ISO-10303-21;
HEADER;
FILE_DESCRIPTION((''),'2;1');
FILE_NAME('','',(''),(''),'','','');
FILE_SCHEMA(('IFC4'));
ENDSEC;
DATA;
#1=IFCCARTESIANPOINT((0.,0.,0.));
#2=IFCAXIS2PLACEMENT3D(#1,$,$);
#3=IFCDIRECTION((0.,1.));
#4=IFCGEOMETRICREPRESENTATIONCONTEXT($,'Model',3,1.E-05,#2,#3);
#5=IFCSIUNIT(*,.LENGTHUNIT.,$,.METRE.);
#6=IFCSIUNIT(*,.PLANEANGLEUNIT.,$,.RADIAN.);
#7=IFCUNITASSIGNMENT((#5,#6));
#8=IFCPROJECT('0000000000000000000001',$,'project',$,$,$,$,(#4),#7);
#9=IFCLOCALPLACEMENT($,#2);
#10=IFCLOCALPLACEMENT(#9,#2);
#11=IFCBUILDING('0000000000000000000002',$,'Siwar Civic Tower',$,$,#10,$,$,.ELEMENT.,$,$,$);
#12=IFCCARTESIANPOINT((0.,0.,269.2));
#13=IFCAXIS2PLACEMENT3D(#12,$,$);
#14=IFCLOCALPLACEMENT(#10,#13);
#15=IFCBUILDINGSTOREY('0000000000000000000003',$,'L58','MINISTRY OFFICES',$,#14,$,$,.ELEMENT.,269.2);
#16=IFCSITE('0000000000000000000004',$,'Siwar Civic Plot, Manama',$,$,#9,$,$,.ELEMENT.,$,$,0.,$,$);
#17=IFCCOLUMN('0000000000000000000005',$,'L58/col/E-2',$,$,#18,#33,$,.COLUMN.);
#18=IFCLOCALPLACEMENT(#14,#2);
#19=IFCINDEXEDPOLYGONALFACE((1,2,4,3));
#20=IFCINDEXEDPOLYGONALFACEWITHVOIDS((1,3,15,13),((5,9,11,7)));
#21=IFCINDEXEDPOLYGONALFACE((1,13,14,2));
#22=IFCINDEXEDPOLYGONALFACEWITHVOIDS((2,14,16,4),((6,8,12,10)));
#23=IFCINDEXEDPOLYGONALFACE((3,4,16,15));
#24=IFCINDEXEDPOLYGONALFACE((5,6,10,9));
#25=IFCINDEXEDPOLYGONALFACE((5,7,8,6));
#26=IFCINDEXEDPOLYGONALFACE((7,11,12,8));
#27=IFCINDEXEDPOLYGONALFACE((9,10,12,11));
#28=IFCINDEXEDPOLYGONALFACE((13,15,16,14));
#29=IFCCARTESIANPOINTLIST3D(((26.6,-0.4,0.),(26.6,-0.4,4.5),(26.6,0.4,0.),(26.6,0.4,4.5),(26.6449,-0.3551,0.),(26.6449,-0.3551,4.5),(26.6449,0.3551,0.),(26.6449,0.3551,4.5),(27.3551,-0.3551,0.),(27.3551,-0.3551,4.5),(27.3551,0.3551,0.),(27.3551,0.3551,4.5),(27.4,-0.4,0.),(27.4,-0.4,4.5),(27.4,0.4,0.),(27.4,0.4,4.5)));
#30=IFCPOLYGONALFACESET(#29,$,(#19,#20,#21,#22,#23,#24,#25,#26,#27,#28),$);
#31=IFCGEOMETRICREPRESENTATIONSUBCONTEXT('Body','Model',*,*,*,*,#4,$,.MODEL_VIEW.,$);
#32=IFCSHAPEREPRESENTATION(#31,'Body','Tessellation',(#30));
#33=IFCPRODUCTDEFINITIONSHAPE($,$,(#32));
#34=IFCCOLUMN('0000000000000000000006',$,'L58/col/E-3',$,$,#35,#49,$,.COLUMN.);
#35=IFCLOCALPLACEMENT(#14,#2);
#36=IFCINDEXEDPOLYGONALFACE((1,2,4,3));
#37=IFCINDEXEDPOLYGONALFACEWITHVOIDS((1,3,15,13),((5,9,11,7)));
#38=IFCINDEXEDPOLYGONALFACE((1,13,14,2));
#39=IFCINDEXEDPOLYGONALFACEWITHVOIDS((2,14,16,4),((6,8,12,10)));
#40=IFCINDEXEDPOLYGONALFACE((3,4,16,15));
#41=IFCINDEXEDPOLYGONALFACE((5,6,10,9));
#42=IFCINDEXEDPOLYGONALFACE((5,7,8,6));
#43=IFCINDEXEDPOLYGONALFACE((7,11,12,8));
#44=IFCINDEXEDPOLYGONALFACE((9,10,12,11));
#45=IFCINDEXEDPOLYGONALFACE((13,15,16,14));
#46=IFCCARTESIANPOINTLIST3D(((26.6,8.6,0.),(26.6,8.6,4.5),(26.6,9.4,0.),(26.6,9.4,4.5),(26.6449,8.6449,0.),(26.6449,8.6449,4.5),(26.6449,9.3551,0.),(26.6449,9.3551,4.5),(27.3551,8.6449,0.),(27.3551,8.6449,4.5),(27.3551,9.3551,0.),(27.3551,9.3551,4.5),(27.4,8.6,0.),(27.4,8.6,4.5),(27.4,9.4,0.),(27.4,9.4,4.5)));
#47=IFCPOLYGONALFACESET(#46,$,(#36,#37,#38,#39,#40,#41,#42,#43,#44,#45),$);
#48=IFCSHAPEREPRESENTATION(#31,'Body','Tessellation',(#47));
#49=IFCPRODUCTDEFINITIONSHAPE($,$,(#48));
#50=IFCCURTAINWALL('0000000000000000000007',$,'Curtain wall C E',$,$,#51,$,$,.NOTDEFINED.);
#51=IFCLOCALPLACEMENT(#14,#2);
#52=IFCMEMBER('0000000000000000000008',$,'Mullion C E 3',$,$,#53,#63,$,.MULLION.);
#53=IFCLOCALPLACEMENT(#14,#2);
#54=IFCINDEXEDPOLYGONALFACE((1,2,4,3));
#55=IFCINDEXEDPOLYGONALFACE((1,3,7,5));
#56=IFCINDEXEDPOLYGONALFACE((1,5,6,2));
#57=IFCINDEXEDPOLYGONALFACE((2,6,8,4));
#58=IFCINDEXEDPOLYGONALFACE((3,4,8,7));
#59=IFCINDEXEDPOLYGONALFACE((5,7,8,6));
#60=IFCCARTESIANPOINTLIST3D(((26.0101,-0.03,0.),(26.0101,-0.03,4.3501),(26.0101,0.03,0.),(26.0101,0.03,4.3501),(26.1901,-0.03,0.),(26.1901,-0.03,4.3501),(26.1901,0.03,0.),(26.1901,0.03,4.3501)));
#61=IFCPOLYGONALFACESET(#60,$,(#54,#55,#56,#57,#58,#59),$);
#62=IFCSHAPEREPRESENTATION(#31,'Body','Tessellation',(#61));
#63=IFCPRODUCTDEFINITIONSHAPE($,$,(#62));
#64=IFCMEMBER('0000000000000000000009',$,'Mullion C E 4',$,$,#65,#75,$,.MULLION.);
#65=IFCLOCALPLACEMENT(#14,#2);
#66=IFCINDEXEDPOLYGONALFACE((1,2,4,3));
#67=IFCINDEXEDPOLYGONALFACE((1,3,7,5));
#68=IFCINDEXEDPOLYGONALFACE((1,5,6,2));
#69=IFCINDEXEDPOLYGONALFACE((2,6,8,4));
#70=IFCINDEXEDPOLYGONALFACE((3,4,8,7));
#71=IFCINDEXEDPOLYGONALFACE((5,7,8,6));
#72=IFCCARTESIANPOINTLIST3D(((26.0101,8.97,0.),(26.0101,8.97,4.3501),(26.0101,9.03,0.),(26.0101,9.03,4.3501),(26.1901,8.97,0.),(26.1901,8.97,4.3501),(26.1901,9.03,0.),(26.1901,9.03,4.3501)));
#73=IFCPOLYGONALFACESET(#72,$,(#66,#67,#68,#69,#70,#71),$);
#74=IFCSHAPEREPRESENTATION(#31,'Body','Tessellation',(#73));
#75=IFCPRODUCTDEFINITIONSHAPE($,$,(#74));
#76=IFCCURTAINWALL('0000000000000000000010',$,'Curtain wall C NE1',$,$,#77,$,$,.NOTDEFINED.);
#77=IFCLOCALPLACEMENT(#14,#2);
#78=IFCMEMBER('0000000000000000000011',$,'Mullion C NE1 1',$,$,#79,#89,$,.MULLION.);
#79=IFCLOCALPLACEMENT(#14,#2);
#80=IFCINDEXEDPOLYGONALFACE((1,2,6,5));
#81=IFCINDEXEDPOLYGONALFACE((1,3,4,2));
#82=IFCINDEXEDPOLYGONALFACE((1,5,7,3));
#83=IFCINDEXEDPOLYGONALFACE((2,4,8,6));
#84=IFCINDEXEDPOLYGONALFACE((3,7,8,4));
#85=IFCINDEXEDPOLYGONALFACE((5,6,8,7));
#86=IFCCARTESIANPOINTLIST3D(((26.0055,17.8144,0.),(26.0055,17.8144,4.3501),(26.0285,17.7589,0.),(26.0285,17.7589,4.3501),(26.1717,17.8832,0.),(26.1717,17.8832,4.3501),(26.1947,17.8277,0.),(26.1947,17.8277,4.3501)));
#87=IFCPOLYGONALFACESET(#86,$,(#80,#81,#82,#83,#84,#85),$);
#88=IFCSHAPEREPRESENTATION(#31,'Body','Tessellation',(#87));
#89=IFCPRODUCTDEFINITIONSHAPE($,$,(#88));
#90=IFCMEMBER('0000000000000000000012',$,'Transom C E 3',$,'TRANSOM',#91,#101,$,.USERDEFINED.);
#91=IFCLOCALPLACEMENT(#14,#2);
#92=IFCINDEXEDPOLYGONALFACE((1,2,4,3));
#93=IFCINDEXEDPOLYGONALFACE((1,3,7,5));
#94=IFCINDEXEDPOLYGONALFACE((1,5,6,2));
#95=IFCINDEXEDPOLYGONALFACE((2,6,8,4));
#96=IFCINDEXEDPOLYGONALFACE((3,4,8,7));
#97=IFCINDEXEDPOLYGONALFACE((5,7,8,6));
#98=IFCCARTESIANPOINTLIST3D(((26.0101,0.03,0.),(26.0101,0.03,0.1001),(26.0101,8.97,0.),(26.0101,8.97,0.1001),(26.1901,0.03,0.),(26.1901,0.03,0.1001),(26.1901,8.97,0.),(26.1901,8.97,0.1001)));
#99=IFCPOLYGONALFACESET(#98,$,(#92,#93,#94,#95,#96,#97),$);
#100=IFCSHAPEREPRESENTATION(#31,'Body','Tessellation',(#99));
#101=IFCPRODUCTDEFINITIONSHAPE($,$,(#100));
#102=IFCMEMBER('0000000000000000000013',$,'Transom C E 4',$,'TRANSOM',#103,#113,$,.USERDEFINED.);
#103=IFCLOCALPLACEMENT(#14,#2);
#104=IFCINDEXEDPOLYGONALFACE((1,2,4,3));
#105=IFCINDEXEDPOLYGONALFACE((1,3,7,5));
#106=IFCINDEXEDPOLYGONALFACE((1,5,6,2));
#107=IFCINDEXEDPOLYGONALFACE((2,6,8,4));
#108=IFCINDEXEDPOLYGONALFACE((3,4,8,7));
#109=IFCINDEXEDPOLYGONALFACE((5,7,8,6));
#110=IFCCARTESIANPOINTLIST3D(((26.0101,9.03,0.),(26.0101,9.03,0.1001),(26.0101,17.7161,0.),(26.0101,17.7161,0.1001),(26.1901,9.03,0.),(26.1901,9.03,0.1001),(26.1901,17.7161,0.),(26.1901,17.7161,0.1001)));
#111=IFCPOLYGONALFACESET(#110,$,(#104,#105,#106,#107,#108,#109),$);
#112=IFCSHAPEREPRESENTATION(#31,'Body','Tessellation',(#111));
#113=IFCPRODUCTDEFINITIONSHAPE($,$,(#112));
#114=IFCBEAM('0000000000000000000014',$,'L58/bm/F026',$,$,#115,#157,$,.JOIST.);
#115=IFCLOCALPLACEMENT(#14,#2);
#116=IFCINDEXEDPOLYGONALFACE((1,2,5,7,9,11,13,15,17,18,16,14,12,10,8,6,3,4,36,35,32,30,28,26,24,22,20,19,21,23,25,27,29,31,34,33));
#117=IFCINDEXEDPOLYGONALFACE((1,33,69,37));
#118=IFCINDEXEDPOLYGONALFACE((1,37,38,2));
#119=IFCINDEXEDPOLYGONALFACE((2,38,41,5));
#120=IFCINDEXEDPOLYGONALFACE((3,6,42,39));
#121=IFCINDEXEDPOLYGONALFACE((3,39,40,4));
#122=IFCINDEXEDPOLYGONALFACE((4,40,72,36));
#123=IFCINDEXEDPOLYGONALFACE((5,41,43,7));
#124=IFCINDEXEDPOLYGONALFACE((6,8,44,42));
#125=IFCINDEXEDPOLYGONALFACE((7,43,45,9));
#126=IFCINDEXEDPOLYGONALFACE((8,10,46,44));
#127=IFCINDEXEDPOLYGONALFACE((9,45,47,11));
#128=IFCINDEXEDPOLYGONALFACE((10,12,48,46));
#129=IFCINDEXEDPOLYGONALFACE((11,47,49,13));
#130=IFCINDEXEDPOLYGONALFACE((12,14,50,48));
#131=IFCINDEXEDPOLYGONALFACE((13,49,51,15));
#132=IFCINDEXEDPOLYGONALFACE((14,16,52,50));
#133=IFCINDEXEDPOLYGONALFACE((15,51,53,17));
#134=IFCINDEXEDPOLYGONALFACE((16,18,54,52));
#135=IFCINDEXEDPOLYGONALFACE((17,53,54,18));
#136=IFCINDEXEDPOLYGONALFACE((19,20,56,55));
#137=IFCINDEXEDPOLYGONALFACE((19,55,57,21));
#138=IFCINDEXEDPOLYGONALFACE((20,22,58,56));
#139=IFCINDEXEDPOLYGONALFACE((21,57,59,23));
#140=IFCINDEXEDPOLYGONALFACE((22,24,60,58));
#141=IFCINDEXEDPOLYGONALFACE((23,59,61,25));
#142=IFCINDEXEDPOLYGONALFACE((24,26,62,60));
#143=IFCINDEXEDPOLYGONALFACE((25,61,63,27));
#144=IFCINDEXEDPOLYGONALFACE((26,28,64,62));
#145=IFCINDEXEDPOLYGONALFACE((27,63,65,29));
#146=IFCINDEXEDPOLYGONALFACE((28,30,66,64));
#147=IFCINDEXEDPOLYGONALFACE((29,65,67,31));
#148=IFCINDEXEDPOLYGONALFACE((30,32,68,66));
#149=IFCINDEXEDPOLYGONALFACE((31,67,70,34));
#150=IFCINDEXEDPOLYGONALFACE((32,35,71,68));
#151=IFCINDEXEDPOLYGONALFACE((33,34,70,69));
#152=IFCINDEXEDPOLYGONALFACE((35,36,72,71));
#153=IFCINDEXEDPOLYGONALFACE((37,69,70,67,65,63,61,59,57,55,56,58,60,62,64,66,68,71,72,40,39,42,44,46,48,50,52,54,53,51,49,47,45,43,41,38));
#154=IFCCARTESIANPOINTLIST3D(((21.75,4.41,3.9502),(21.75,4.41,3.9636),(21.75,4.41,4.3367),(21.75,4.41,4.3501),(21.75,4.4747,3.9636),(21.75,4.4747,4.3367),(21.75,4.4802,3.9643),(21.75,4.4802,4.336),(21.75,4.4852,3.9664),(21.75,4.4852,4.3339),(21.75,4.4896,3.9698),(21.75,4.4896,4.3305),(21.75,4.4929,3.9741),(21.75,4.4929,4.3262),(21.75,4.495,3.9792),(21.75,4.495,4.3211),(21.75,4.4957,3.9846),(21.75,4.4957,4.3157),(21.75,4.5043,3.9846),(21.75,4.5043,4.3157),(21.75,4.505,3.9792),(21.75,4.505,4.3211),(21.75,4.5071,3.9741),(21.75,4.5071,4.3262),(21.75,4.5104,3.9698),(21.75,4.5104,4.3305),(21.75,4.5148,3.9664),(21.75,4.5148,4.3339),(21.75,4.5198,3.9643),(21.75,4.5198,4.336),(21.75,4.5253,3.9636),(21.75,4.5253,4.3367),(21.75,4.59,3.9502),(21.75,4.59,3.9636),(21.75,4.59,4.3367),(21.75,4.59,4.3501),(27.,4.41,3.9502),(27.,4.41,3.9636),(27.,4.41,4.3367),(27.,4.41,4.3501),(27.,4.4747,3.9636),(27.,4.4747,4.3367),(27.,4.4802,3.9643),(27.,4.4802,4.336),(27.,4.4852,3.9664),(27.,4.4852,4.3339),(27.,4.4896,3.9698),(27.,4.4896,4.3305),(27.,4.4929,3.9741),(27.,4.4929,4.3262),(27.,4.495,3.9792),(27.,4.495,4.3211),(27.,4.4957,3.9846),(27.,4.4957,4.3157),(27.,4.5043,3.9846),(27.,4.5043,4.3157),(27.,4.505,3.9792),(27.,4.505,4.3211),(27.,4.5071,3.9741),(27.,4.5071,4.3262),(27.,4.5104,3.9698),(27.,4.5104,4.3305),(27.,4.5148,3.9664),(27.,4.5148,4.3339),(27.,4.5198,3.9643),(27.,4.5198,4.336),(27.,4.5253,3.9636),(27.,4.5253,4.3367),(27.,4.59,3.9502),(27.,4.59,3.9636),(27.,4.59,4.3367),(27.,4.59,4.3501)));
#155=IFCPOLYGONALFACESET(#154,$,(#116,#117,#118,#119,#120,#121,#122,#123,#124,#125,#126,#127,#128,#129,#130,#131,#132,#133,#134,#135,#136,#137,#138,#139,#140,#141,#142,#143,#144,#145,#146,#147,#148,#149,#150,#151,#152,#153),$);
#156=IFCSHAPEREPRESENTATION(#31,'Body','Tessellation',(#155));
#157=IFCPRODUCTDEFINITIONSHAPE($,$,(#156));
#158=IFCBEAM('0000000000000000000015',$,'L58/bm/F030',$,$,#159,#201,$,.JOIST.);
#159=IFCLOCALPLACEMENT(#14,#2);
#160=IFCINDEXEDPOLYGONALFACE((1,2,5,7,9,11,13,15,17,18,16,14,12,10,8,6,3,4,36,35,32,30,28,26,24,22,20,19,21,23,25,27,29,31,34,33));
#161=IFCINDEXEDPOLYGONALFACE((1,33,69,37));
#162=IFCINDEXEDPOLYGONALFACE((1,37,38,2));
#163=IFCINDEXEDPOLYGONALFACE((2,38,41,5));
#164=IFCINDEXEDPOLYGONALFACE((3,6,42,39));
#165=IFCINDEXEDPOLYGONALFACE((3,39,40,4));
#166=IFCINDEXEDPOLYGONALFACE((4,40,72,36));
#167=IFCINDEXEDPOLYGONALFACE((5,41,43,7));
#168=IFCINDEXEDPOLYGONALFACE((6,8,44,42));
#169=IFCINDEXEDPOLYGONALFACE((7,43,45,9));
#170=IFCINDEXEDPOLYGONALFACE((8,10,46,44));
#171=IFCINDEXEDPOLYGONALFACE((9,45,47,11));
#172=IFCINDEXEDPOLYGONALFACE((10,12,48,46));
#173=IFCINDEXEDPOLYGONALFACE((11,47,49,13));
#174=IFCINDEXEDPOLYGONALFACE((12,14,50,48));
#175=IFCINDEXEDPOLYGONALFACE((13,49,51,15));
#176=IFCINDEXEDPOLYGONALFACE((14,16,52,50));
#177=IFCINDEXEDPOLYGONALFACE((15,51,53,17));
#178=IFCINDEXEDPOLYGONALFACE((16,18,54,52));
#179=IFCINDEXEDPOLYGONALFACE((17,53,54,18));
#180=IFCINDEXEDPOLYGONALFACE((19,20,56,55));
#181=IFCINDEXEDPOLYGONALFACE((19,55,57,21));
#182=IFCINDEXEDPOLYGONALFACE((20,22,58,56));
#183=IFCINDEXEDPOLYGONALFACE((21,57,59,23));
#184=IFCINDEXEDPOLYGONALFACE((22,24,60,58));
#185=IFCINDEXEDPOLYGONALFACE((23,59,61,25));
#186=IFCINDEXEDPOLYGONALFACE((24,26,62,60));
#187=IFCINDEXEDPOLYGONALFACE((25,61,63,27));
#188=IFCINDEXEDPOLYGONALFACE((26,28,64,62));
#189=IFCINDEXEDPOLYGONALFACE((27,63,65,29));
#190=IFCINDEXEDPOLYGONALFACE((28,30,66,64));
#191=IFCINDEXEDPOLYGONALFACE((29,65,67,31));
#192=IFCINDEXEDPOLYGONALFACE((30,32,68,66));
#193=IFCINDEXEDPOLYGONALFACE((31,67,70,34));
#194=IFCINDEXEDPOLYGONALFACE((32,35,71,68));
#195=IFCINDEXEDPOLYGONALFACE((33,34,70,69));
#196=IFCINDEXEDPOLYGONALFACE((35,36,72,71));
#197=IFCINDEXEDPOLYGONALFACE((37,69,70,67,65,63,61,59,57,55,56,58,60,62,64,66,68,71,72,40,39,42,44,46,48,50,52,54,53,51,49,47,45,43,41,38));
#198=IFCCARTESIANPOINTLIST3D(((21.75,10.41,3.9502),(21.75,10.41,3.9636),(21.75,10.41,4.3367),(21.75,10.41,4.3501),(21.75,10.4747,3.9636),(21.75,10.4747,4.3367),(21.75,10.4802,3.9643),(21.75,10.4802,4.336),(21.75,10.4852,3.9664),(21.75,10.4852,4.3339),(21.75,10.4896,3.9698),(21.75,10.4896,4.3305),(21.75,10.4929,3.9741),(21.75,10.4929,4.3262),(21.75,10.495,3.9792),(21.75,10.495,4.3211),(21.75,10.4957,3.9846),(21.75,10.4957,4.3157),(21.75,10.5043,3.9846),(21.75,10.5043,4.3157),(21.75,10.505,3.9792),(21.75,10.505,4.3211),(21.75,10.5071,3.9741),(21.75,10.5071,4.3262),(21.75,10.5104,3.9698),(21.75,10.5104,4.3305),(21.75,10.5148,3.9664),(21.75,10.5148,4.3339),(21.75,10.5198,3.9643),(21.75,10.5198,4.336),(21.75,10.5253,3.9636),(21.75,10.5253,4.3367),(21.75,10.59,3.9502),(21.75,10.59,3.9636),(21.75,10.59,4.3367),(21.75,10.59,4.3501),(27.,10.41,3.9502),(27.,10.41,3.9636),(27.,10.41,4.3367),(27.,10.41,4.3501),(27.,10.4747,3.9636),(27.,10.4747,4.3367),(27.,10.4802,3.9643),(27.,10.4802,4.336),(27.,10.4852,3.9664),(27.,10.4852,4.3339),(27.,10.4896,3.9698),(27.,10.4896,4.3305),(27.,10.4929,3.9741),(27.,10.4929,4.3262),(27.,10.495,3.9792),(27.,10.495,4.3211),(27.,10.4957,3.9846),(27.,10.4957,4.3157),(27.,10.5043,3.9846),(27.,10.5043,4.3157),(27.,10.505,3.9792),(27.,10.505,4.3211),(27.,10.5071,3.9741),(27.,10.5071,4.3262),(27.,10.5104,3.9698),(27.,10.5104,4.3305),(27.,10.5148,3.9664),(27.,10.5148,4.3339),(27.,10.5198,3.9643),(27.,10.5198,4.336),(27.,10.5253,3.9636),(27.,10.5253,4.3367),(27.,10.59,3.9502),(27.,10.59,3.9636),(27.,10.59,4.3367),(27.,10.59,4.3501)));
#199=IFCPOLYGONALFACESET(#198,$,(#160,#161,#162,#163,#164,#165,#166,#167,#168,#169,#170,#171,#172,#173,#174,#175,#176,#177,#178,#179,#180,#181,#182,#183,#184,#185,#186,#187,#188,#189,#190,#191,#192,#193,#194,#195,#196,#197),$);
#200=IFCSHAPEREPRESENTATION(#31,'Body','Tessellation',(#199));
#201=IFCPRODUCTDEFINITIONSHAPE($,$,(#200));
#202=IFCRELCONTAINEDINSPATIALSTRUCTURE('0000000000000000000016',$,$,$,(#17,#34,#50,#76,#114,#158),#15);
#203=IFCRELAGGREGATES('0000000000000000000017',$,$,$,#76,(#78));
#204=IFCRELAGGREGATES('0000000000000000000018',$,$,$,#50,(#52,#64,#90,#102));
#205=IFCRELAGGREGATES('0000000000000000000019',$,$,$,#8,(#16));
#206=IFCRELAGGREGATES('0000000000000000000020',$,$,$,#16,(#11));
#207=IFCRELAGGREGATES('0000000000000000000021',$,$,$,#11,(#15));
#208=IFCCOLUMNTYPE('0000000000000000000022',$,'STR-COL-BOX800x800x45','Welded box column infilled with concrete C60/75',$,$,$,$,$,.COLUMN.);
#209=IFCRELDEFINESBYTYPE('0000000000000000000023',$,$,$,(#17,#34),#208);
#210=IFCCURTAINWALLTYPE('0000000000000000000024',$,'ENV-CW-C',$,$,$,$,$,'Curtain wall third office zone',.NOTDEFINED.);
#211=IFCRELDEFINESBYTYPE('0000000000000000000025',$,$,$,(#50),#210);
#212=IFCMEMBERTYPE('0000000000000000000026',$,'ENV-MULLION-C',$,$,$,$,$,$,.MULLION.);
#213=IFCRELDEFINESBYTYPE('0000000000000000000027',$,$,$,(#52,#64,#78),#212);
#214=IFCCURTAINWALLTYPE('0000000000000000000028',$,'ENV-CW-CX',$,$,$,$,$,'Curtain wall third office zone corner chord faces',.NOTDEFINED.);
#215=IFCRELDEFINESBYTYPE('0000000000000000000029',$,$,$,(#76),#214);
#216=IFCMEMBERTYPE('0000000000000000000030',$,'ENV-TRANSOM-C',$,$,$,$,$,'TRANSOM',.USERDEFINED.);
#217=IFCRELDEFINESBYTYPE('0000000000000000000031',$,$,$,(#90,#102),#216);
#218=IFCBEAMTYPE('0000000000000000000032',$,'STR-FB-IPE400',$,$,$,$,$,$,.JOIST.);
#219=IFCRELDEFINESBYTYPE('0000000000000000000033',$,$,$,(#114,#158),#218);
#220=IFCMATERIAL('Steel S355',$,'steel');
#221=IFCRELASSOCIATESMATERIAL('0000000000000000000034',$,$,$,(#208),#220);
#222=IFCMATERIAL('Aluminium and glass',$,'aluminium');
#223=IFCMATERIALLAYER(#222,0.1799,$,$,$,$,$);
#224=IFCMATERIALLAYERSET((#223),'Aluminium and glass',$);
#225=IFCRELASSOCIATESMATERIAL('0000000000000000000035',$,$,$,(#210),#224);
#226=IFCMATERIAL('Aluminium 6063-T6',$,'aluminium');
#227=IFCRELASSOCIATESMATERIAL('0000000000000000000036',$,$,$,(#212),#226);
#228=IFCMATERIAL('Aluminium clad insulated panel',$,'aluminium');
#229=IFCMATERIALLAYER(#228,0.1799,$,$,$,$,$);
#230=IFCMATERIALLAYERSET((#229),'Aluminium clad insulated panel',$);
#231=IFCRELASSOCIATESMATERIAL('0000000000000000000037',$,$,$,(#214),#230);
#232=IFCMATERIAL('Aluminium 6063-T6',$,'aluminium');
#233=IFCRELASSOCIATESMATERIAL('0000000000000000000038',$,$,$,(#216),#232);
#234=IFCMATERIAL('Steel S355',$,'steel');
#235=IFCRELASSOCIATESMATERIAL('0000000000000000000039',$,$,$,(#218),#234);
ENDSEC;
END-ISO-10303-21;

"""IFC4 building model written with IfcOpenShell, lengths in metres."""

from ifc_helpers import new_model, si_unit, direction, frame, origin, origin_2d, place, context, subcontext, project, spatial, rectangle, hollow_rectangle, i_section, extrude, material, layer, layer_set, material_profile, profile_set, type_object, element, aggregate, save


model = new_model("IFC4")

# Units and contexts
model_context = context("Model", 3, precision=1e-05, world=origin(), true_north=direction((0.0, 1.0)))
body_context = subcontext(model_context, "Body", "Model", "MODEL_VIEW")
ifc_project = project(units=[si_unit("LENGTHUNIT", "METRE"), si_unit("PLANEANGLEUNIT", "RADIAN")], contexts=[model_context])

# Site, building, storey
site_placement = place(None, origin())
site = spatial("IfcSite", under=ifc_project, at=site_placement, Name="Siwar Civic Plot, Manama", CompositionType="ELEMENT", RefElevation=0.0)
building_placement = place(site_placement, origin())
building = spatial("IfcBuilding", under=site, at=building_placement, Name="Siwar Civic Tower", CompositionType="ELEMENT")
storey_placement = place(building_placement, frame((0.0, 0.0, 269.2)))
storey = spatial("IfcBuildingStorey", under=building, at=storey_placement, Name="L58", Description="MINISTRY OFFICES", CompositionType="ELEMENT", Elevation=269.2)

# Columns
ifc_material_1 = material(Name="Steel S355", Category="steel")
ifc_material_profile_1 = material_profile(ifc_material_1, hollow_rectangle(XDim=0.8, YDim=0.8, WallThickness=0.0449, at=origin_2d()), Name="BOX800x800x45")
ifc_profile_set_1 = profile_set([ifc_material_profile_1], Name="Steel S355")
column_type = type_object("IfcColumnType", Name="STR-COL-BOX800x800x45", Description="Welded box column infilled with concrete C60/75", PredefinedType="COLUMN", material=ifc_profile_set_1)
for number, where, z_axis, x_axis, name in (
    (1, (27.0, 0.0, 0.0), (0.0, 0.0, 1.0), (1.0, 0.0, 0.0), "L58/col/E-2"),
    (2, (27.0, 9.0, 0.0), (0.0, 0.0, 1.0), (1.0, 0.0, 0.0), "L58/col/E-3"),
):
    element("IfcColumn", number, at=place(storey_placement, frame(where, z_axis=z_axis, x_axis=x_axis)), inside=storey, type_object=column_type, Name=name, PredefinedType="COLUMN", context=body_context, shape_type="SweptSolid", body=[
        extrude(hollow_rectangle(XDim=0.8, YDim=0.8, WallThickness=0.0449, at=origin_2d()), origin(), (0.0, 0.0, 1.0), 4.5),
    ])

# Curtain wall, members
ifc_material_2 = material(Name="Aluminium and glass", Category="aluminium")
ifc_layer_1 = layer(ifc_material_2, 0.1799)
ifc_layer_set_1 = layer_set([ifc_layer_1], Name="Aluminium and glass")
curtain_wall_type_1 = type_object("IfcCurtainWallType", Name="ENV-CW-C", ElementType="Curtain wall third office zone", PredefinedType="NOTDEFINED", material=ifc_layer_set_1)
curtain_wall_1_placement = place(storey_placement, origin())
curtain_wall_1 = element("IfcCurtainWall", 3, at=curtain_wall_1_placement, inside=storey, type_object=curtain_wall_type_1, Name="Curtain wall C E", PredefinedType="NOTDEFINED")
ifc_material_3 = material(Name="Aluminium 6063-T6", Category="aluminium")
ifc_material_profile_2 = material_profile(ifc_material_3, rectangle(XDim=0.1799, YDim=0.0601, at=origin_2d()), Name="AL 180x60")
ifc_profile_set_2 = profile_set([ifc_material_profile_2], Name="Aluminium 6063-T6")
member_type_1 = type_object("IfcMemberType", Name="ENV-MULLION-C", PredefinedType="MULLION", material=ifc_profile_set_2)
member_1_placement = place(storey_placement, frame((26.1001, 0.0, 0.0), z_axis=(0.0, 0.0, 1.0), x_axis=(-1.0, 0.0, 0.0)))
member_1 = element("IfcMember", 4, at=member_1_placement, type_object=member_type_1, Name="Mullion C E 3", PredefinedType="MULLION", context=body_context, shape_type="SweptSolid", body=[
    extrude(rectangle(XDim=0.1799, YDim=0.0601, at=origin_2d()), origin(), (0.0, 0.0, 1.0), 4.3501),
])
member_2_placement = place(storey_placement, frame((26.1001, 9.0, 0.0), z_axis=(0.0, 0.0, 1.0), x_axis=(-1.0, 0.0, 0.0)))
member_2 = element("IfcMember", 5, at=member_2_placement, type_object=member_type_1, Name="Mullion C E 4", PredefinedType="MULLION", context=body_context, shape_type="SweptSolid", body=[
    extrude(rectangle(XDim=0.1799, YDim=0.0601, at=origin_2d()), origin(), (0.0, 0.0, 1.0), 4.3501),
])

# Curtain wall, member
ifc_material_4 = material(Name="Aluminium clad insulated panel", Category="aluminium")
ifc_layer_2 = layer(ifc_material_4, 0.1799)
ifc_layer_set_2 = layer_set([ifc_layer_2], Name="Aluminium clad insulated panel")
curtain_wall_type_2 = type_object("IfcCurtainWallType", Name="ENV-CW-CX", ElementType="Curtain wall third office zone corner chord faces", PredefinedType="NOTDEFINED", material=ifc_layer_set_2)
curtain_wall_2_placement = place(storey_placement, origin())
curtain_wall_2 = element("IfcCurtainWall", 6, at=curtain_wall_2_placement, inside=storey, type_object=curtain_wall_type_2, Name="Curtain wall C NE1", PredefinedType="NOTDEFINED")
member_3_placement = place(storey_placement, frame((26.1001, 17.821, 0.0), z_axis=(0.0, 0.0, 1.0), x_axis=(-0.92388, -0.382683, 0.0)))
member_3 = element("IfcMember", 7, at=member_3_placement, type_object=member_type_1, Name="Mullion C NE1 1", PredefinedType="MULLION", context=body_context, shape_type="SweptSolid", body=[
    extrude(rectangle(XDim=0.1799, YDim=0.0601, at=origin_2d()), origin(), (0.0, 0.0, 1.0), 4.3501),
])
aggregate(curtain_wall_2, [member_3])

# Members
ifc_material_5 = material(Name="Aluminium 6063-T6", Category="aluminium")
ifc_material_profile_3 = material_profile(ifc_material_5, rectangle(XDim=0.1799, YDim=0.1001, at=origin_2d()), Name="AL 180x100")
ifc_profile_set_3 = profile_set([ifc_material_profile_3], Name="Aluminium 6063-T6")
member_type_2 = type_object("IfcMemberType", Name="ENV-TRANSOM-C", ElementType="TRANSOM", PredefinedType="USERDEFINED", material=ifc_profile_set_3)
member_4_placement = place(storey_placement, frame((26.1001, 0.03, 0.05), z_axis=(0.0, 1.0, 0.0), x_axis=(-1.0, 0.0, 0.0)))
member_4 = element("IfcMember", 8, at=member_4_placement, type_object=member_type_2, Name="Transom C E 3", ObjectType="TRANSOM", PredefinedType="USERDEFINED", context=body_context, shape_type="SweptSolid", body=[
    extrude(rectangle(XDim=0.1799, YDim=0.1001, at=origin_2d()), origin(), (0.0, 0.0, 1.0), 8.9399),
])
member_5_placement = place(storey_placement, frame((26.1001, 9.03, 0.05), z_axis=(0.0, 1.0, 0.0), x_axis=(-1.0, 0.0, 0.0)))
member_5 = element("IfcMember", 9, at=member_5_placement, type_object=member_type_2, Name="Transom C E 4", ObjectType="TRANSOM", PredefinedType="USERDEFINED", context=body_context, shape_type="SweptSolid", body=[
    extrude(rectangle(XDim=0.1799, YDim=0.1001, at=origin_2d()), origin(), (0.0, 0.0, 1.0), 8.686),
])

# Beams
ifc_material_6 = material(Name="Steel S355", Category="steel")
ifc_material_profile_4 = material_profile(ifc_material_6, i_section(OverallWidth=0.1799, OverallDepth=0.3999, WebThickness=0.0085, FlangeThickness=0.0134, FilletRadius=0.021, at=origin_2d()), Name="IPE400")
ifc_profile_set_4 = profile_set([ifc_material_profile_4], Name="Steel S355")
beam_type_1 = type_object("IfcBeamType", Name="STR-FB-IPE400", PredefinedType="JOIST", material=ifc_profile_set_4)
for number, where, z_axis, x_axis, name in (
    (10, (21.75, 4.5, 4.1501), (1.0, 0.0, 0.0), (0.0, 1.0, 0.0), "L58/bm/F026"),
    (11, (21.75, 10.5, 4.1501), (1.0, 0.0, 0.0), (0.0, 1.0, 0.0), "L58/bm/F030"),
):
    element("IfcBeam", number, at=place(storey_placement, frame(where, z_axis=z_axis, x_axis=x_axis)), inside=storey, type_object=beam_type_1, Name=name, PredefinedType="JOIST", context=body_context, shape_type="SweptSolid", body=[
        extrude(i_section(OverallWidth=0.1799, OverallDepth=0.3999, WebThickness=0.0085, FlangeThickness=0.0134, FilletRadius=0.021, at=origin_2d()), origin(), (0.0, 0.0, 1.0), 5.25),
    ])

aggregate(curtain_wall_1, [member_1, member_2, member_4, member_5])

save(model, "model.ifc")
